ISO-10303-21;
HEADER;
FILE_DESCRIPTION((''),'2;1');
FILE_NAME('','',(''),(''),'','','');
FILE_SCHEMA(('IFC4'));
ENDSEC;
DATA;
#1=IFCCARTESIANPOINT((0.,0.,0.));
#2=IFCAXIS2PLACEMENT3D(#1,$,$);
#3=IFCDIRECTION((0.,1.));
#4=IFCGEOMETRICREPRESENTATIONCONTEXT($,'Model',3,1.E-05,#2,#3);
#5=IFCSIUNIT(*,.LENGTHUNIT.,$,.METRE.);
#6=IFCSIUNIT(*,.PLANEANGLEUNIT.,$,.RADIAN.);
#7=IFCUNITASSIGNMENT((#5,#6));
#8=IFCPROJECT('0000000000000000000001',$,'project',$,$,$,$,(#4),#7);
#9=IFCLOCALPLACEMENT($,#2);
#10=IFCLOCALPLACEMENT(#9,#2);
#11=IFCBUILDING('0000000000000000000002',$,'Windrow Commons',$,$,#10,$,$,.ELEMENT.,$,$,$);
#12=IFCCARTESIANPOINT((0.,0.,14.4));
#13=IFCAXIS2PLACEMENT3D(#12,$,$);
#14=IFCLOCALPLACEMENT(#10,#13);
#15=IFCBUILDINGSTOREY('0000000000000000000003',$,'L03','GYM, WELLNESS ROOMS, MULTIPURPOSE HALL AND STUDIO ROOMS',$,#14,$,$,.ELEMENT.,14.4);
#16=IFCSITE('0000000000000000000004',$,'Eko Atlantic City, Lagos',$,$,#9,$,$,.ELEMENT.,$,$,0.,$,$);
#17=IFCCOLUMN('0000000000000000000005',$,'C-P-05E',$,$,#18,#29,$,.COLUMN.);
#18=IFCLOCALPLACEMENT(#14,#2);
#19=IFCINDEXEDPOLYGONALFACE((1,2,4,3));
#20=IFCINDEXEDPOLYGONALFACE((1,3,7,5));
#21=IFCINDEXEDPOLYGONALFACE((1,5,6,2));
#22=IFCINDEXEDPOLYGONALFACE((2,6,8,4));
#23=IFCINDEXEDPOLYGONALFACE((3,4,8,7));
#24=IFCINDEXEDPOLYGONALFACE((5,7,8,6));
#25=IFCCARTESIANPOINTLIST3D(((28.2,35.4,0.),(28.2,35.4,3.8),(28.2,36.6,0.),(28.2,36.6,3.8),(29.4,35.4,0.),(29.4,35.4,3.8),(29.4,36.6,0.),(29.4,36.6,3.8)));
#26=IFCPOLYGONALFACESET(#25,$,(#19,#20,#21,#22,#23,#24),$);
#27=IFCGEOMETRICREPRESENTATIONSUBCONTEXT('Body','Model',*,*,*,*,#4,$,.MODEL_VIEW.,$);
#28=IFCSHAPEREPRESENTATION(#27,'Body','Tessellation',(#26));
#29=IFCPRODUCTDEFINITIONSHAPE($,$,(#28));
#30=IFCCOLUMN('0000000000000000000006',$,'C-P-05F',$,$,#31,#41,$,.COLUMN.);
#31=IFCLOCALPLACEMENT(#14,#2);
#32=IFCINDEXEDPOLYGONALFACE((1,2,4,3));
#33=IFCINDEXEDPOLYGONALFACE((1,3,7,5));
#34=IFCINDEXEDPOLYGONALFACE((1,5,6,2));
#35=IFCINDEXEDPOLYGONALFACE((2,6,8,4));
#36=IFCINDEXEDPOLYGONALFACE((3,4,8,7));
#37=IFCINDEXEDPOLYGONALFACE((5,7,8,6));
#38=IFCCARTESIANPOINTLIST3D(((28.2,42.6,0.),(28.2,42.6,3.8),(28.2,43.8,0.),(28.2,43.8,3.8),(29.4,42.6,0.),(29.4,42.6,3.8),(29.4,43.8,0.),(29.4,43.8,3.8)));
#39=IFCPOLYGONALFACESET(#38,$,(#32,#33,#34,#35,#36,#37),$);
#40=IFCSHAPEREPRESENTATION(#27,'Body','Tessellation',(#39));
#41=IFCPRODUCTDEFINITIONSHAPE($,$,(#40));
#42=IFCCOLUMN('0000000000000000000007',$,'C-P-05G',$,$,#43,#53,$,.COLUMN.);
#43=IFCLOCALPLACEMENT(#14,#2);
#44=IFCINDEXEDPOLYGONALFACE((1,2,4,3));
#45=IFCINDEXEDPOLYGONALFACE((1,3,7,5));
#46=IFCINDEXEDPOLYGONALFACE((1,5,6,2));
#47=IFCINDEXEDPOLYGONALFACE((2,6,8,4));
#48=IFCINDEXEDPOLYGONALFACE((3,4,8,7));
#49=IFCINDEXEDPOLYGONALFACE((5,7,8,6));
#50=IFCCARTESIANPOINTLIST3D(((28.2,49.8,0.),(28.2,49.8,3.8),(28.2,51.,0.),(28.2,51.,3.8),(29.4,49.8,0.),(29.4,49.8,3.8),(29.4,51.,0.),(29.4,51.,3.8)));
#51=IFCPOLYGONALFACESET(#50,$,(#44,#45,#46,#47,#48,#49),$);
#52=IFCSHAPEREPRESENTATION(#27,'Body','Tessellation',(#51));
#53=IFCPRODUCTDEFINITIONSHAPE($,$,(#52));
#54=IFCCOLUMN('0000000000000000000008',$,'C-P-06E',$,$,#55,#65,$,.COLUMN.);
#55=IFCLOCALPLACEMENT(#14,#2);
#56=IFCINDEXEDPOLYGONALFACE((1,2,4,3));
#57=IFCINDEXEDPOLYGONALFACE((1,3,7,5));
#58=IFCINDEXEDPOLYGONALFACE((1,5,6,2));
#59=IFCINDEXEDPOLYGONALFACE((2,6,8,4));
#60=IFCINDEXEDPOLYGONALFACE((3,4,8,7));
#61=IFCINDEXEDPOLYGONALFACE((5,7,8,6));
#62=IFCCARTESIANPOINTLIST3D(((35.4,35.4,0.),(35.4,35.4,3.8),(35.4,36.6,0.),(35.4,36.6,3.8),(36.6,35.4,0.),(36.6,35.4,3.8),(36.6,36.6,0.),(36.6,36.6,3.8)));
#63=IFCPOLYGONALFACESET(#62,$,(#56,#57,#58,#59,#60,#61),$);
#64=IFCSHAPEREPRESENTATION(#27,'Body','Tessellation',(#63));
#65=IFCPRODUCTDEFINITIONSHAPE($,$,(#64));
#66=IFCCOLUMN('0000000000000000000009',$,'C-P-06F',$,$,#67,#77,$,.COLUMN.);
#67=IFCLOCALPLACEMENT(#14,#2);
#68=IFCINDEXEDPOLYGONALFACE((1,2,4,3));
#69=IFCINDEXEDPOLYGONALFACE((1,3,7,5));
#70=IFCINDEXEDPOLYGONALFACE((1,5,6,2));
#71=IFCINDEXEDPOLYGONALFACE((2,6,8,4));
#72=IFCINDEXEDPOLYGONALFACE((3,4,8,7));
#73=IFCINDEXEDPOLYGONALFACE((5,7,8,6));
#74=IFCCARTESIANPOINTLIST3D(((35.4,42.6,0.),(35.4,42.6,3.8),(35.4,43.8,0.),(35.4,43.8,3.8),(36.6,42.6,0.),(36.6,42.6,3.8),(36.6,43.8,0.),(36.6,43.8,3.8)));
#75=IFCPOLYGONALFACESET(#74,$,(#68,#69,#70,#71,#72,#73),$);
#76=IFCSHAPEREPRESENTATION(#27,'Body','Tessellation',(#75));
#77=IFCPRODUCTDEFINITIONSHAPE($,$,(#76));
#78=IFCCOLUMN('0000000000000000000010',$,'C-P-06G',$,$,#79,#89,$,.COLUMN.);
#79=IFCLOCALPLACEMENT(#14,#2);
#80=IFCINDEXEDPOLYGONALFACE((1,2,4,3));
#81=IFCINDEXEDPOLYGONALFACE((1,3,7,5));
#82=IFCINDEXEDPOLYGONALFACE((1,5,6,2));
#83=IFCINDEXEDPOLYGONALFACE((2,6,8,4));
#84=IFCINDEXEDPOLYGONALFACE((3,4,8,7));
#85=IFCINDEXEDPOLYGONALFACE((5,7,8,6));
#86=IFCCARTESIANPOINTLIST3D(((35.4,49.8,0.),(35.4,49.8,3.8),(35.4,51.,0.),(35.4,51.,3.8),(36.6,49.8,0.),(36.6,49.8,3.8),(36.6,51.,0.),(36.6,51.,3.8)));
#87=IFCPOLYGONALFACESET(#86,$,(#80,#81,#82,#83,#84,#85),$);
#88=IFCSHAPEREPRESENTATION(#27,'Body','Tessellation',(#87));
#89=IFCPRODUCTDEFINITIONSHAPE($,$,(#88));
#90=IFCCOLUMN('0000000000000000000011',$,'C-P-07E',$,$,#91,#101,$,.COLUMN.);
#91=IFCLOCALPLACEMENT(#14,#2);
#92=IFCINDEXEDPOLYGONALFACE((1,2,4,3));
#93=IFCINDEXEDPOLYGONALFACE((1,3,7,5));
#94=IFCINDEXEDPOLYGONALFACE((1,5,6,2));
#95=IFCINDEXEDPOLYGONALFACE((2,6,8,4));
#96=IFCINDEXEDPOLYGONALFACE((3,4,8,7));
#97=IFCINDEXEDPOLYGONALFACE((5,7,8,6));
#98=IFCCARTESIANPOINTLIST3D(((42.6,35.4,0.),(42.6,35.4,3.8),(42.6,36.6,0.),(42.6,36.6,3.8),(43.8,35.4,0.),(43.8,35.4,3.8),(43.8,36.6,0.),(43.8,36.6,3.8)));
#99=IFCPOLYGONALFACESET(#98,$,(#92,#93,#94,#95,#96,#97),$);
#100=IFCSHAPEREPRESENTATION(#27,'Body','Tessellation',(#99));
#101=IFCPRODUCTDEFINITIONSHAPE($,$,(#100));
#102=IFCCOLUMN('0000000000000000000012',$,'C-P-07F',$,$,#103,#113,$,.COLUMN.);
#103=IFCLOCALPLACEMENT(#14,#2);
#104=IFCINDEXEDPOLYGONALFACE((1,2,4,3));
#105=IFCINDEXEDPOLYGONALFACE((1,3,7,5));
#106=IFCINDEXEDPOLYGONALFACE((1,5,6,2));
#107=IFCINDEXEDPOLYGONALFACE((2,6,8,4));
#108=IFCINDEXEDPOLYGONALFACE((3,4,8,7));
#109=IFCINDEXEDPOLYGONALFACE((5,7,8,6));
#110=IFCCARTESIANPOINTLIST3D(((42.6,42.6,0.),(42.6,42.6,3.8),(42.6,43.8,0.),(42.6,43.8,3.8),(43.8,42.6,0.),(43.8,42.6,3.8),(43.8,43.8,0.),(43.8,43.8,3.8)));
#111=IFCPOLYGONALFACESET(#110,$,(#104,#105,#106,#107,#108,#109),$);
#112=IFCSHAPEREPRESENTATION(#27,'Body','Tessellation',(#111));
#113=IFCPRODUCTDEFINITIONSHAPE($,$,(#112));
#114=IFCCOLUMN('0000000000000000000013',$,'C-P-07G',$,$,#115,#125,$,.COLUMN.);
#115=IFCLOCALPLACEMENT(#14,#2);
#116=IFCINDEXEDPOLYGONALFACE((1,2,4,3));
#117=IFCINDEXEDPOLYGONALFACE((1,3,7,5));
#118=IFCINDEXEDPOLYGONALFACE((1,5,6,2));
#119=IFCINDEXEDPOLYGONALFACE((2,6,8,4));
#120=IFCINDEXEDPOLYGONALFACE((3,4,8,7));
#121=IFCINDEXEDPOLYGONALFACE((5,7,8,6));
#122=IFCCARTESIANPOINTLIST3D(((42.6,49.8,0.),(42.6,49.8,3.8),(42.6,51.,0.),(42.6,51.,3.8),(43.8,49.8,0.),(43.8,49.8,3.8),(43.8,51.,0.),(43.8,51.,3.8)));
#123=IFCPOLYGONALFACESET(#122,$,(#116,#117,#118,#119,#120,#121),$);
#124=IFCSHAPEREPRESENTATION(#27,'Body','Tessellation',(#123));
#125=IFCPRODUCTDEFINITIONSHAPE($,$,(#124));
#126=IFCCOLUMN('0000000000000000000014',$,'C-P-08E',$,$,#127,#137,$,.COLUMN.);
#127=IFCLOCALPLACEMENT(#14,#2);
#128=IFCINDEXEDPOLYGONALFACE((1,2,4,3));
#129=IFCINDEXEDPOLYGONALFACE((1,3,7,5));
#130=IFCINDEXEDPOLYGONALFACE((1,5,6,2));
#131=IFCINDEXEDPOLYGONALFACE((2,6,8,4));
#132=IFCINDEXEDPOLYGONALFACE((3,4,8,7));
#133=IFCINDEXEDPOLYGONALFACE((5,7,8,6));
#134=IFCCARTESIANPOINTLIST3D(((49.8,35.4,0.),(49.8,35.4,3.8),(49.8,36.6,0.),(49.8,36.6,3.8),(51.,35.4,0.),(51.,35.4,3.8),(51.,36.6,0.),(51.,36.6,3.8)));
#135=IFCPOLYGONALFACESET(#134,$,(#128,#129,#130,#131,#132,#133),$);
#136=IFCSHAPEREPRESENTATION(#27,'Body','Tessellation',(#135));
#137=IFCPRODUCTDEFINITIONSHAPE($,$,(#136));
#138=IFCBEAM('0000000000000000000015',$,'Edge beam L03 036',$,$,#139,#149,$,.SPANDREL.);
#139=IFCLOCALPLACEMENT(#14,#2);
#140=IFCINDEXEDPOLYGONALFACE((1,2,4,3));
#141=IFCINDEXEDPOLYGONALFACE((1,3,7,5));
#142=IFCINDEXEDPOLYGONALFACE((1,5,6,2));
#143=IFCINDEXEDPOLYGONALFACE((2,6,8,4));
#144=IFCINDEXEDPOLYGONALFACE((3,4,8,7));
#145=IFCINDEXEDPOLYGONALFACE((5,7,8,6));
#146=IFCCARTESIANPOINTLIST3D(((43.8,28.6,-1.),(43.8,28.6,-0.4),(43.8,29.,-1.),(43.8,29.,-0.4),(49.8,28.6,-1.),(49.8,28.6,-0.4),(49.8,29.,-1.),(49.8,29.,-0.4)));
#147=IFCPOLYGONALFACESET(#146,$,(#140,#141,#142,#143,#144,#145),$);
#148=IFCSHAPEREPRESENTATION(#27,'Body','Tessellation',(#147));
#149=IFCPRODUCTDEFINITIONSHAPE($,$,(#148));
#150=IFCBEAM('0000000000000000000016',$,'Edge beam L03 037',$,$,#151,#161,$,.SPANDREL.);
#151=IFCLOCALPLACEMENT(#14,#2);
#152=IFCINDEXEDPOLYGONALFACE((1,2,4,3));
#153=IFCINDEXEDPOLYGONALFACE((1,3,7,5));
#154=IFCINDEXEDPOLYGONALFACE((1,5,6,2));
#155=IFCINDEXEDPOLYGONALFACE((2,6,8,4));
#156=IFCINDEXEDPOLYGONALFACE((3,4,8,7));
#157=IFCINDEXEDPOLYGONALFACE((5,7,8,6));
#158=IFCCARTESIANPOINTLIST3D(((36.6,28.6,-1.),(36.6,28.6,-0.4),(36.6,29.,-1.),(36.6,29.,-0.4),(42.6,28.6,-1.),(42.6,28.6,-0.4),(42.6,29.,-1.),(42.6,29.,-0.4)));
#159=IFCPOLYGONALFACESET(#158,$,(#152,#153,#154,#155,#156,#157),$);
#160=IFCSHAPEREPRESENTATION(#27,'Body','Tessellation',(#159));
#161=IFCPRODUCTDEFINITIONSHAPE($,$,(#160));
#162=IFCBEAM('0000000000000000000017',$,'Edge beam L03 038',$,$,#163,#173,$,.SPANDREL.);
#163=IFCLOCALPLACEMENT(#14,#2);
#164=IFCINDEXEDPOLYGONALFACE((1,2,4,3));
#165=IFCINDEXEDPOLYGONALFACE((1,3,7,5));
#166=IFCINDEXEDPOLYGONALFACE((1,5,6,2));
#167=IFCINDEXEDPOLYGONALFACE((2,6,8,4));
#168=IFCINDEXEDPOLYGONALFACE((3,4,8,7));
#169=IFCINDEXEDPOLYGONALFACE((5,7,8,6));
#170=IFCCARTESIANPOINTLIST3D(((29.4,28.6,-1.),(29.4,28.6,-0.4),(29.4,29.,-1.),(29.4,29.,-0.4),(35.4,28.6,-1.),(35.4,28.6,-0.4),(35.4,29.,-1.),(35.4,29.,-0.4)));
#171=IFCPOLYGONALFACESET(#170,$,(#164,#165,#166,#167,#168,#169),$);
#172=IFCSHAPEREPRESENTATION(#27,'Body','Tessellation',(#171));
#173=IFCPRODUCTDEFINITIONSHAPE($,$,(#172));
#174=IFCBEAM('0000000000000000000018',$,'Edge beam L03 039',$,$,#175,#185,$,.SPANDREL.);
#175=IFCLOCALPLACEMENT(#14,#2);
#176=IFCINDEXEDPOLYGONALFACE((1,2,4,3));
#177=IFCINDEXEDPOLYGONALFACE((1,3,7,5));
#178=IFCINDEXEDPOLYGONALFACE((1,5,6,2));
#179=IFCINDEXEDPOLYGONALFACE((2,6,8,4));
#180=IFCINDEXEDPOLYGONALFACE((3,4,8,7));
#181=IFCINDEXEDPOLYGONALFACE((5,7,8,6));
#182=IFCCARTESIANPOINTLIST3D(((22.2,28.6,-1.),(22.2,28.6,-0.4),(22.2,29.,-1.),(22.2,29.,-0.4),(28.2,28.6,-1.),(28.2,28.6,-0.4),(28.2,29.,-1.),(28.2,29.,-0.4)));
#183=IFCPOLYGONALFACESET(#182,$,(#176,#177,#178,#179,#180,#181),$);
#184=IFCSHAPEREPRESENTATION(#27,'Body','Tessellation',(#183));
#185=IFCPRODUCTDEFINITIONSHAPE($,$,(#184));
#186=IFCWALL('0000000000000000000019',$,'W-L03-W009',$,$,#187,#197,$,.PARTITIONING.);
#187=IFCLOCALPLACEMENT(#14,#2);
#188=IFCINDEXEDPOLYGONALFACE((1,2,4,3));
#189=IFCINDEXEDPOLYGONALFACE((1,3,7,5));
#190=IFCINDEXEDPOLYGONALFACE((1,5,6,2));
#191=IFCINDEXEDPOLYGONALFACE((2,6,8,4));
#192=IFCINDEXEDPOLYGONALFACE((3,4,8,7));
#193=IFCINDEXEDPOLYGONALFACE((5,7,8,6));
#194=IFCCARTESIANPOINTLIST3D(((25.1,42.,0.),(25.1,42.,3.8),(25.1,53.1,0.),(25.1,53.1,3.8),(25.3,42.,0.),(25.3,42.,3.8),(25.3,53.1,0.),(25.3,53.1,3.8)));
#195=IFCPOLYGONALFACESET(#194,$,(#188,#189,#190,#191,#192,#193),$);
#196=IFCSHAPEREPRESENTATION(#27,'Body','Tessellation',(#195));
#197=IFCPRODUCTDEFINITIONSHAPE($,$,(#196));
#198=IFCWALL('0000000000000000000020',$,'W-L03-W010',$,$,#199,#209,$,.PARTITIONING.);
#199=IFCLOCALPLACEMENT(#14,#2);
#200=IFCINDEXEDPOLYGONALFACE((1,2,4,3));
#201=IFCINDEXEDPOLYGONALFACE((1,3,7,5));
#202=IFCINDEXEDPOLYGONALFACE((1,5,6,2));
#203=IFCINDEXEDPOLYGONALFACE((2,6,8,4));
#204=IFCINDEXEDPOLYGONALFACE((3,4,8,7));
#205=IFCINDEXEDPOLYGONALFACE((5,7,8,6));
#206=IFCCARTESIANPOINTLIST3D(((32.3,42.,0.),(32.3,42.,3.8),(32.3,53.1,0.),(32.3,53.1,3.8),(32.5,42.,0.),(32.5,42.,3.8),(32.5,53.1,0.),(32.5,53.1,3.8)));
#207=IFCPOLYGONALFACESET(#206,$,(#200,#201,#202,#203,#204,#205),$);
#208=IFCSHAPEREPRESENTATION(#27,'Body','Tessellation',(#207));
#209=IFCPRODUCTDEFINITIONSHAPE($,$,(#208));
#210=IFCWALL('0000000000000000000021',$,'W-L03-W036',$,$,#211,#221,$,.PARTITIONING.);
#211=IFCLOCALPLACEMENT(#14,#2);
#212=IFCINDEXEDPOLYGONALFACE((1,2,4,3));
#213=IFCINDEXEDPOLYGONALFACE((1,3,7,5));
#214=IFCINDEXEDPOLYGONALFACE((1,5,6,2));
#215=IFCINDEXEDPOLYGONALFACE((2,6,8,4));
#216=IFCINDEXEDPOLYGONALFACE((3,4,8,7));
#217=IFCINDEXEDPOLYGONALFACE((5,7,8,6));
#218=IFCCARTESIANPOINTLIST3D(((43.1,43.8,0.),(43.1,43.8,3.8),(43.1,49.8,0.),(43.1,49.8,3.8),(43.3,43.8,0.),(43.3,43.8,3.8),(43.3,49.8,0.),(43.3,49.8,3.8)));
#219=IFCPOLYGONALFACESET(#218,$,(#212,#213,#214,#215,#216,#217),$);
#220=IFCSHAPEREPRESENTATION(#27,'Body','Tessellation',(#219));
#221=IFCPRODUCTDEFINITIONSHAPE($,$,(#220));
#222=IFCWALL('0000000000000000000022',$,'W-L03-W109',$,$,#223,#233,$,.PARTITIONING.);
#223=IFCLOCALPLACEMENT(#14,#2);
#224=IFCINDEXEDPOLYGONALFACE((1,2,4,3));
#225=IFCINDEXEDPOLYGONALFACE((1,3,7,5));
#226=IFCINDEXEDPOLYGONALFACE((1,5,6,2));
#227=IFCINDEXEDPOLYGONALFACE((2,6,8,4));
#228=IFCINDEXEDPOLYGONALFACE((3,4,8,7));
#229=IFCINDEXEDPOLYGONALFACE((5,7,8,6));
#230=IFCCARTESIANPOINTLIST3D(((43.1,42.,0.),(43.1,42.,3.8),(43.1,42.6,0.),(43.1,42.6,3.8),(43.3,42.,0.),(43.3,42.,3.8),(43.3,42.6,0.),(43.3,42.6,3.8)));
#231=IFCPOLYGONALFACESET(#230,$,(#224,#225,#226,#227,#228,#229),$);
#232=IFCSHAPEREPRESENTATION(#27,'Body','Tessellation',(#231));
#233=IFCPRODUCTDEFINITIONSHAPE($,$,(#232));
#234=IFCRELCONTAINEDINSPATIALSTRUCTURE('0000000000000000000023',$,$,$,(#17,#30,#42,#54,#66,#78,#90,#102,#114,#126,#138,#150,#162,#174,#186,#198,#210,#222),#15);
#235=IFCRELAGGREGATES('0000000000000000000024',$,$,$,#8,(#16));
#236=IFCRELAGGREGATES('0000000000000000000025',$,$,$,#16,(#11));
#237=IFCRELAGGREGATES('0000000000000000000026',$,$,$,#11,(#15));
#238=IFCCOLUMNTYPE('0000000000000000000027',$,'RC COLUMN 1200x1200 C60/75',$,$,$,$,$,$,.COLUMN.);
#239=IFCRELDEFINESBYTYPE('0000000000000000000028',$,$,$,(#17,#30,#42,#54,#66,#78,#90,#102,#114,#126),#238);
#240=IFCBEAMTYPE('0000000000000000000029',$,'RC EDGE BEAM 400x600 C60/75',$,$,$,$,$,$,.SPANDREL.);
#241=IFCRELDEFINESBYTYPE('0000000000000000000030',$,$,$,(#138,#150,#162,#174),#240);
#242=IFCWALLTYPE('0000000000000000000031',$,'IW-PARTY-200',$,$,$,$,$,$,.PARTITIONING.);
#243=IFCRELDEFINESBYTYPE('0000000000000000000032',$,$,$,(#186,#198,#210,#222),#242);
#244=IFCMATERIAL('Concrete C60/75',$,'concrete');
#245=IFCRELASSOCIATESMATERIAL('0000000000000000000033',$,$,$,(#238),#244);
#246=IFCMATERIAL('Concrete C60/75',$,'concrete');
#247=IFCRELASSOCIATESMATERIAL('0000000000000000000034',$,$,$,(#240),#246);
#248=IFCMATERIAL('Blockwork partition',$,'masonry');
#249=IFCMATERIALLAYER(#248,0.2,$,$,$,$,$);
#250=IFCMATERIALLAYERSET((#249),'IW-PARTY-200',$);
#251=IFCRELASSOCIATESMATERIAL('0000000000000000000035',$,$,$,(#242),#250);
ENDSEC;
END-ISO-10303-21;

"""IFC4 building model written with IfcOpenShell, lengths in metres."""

from ifc_helpers import new_model, si_unit, direction, frame, frame_2d, origin, origin_2d, place, context, subcontext, project, spatial, rectangle, extrude, material, layer, layer_set, material_profile, profile_set, type_object, element, save


model = new_model("IFC4")

# Units and contexts
model_context = context("Model", 3, precision=1e-05, world=origin(), true_north=direction((0.0, 1.0)))
body_context = subcontext(model_context, "Body", "Model", "MODEL_VIEW")
ifc_project = project(units=[si_unit("LENGTHUNIT", "METRE"), si_unit("PLANEANGLEUNIT", "RADIAN")], contexts=[model_context])

# Site, building, storey
site_placement = place(None, origin())
site = spatial("IfcSite", under=ifc_project, at=site_placement, Name="Eko Atlantic City, Lagos", CompositionType="ELEMENT", RefElevation=0.0)
building_placement = place(site_placement, origin())
building = spatial("IfcBuilding", under=site, at=building_placement, Name="Windrow Commons", CompositionType="ELEMENT")
storey_placement = place(building_placement, frame((0.0, 0.0, 14.4)))
storey = spatial("IfcBuildingStorey", under=building, at=storey_placement, Name="L03", Description="GYM, WELLNESS ROOMS, MULTIPURPOSE HALL AND STUDIO ROOMS", CompositionType="ELEMENT", Elevation=14.4)

# Columns
ifc_material_1 = material(Name="Concrete C60/75", Category="concrete")
ifc_material_profile_1 = material_profile(ifc_material_1, rectangle(XDim=1.2, YDim=1.2, at=origin_2d()))
ifc_profile_set_1 = profile_set([ifc_material_profile_1], Name="Concrete C60/75")
column_type = type_object("IfcColumnType", Name="RC COLUMN 1200x1200 C60/75", PredefinedType="COLUMN", material=ifc_profile_set_1)
for number, where, z_axis, x_axis, name in (
    (1, (28.8, 36.0, 0.0), (0.0, 0.0, 1.0), (1.0, 0.0, 0.0), "C-P-05E"),
    (2, (28.8, 43.2, 0.0), (0.0, 0.0, 1.0), (1.0, 0.0, 0.0), "C-P-05F"),
    (3, (28.8, 50.4, 0.0), (0.0, 0.0, 1.0), (1.0, 0.0, 0.0), "C-P-05G"),
    (4, (36.0, 36.0, 0.0), (0.0, 0.0, 1.0), (1.0, 0.0, 0.0), "C-P-06E"),
    (5, (36.0, 43.2, 0.0), (0.0, 0.0, 1.0), (1.0, 0.0, 0.0), "C-P-06F"),
    (6, (36.0, 50.4, 0.0), (0.0, 0.0, 1.0), (1.0, 0.0, 0.0), "C-P-06G"),
    (7, (43.2, 36.0, 0.0), (0.0, 0.0, 1.0), (1.0, 0.0, 0.0), "C-P-07E"),
    (8, (43.2, 43.2, 0.0), (0.0, 0.0, 1.0), (1.0, 0.0, 0.0), "C-P-07F"),
    (9, (43.2, 50.4, 0.0), (0.0, 0.0, 1.0), (1.0, 0.0, 0.0), "C-P-07G"),
    (10, (50.4, 36.0, 0.0), (0.0, 0.0, 1.0), (1.0, 0.0, 0.0), "C-P-08E"),
):
    element("IfcColumn", number, at=place(storey_placement, frame(where, z_axis=z_axis, x_axis=x_axis)), inside=storey, type_object=column_type, Name=name, PredefinedType="COLUMN", context=body_context, shape_type="SweptSolid", body=[
        extrude(rectangle(XDim=1.2, YDim=1.2, at=origin_2d()), origin(), (0.0, 0.0, 1.0), 3.8),
    ])

# Beams
ifc_material_2 = material(Name="Concrete C60/75", Category="concrete")
ifc_material_profile_2 = material_profile(ifc_material_2, rectangle(XDim=0.4, YDim=0.6, at=origin_2d()))
ifc_profile_set_2 = profile_set([ifc_material_profile_2], Name="Concrete C60/75")
beam_type = type_object("IfcBeamType", Name="RC EDGE BEAM 400x600 C60/75", PredefinedType="SPANDREL", material=ifc_profile_set_2)
for number, where, z_axis, x_axis, name in (
    (11, (49.8, 28.8, -0.7), (-1.0, 0.0, 0.0), (0.0, -1.0, 0.0), "Edge beam L03 036"),
    (12, (42.6, 28.8, -0.7), (-1.0, 0.0, 0.0), (0.0, -1.0, 0.0), "Edge beam L03 037"),
    (13, (35.4, 28.8, -0.7), (-1.0, 0.0, 0.0), (0.0, -1.0, 0.0), "Edge beam L03 038"),
    (14, (28.2, 28.8, -0.7), (-1.0, 0.0, 0.0), (0.0, -1.0, 0.0), "Edge beam L03 039"),
):
    element("IfcBeam", number, at=place(storey_placement, frame(where, z_axis=z_axis, x_axis=x_axis)), inside=storey, type_object=beam_type, Name=name, PredefinedType="SPANDREL", context=body_context, shape_type="SweptSolid", body=[
        extrude(rectangle(XDim=0.4, YDim=0.6, at=origin_2d()), origin(), (0.0, 0.0, 1.0), 6.0),
    ])

# Walls
ifc_material_3 = material(Name="Blockwork partition", Category="masonry")
ifc_layer_1 = layer(ifc_material_3, 0.2)
ifc_layer_set_1 = layer_set([ifc_layer_1], Name="IW-PARTY-200")
wall_type_1 = type_object("IfcWallType", Name="IW-PARTY-200", PredefinedType="PARTITIONING", material=ifc_layer_set_1)
for number, where, z_axis, x_axis, name in (
    (15, (25.2, 42.0, 0.0), (0.0, 0.0, 1.0), (0.0, 1.0, 0.0), "W-L03-W009"),
    (16, (32.4, 42.0, 0.0), (0.0, 0.0, 1.0), (0.0, 1.0, 0.0), "W-L03-W010"),
):
    element("IfcWall", number, at=place(storey_placement, frame(where, z_axis=z_axis, x_axis=x_axis)), inside=storey, type_object=wall_type_1, Name=name, PredefinedType="PARTITIONING", context=body_context, shape_type="SweptSolid", body=[
        extrude(rectangle(XDim=11.1, YDim=0.2, at=frame_2d((5.55, 0.0))), origin(), (0.0, 0.0, 1.0), 3.8),
    ])
wall_1_placement = place(storey_placement, frame((43.2, 43.8, 0.0), z_axis=(0.0, 0.0, 1.0), x_axis=(0.0, 1.0, 0.0)))
element("IfcWall", 17, at=wall_1_placement, inside=storey, type_object=wall_type_1, Name="W-L03-W036", PredefinedType="PARTITIONING", context=body_context, shape_type="SweptSolid", body=[
    extrude(rectangle(XDim=6.0, YDim=0.2, at=frame_2d((3.0, 0.0))), origin(), (0.0, 0.0, 1.0), 3.8),
])
wall_2_placement = place(storey_placement, frame((43.2, 42.0, 0.0), z_axis=(0.0, 0.0, 1.0), x_axis=(0.0, 1.0, 0.0)))
element("IfcWall", 18, at=wall_2_placement, inside=storey, type_object=wall_type_1, Name="W-L03-W109", PredefinedType="PARTITIONING", context=body_context, shape_type="SweptSolid", body=[
    extrude(rectangle(XDim=0.6, YDim=0.2, at=frame_2d((0.3, 0.0))), origin(), (0.0, 0.0, 1.0), 3.8),
])

save(model, "model.ifc")
